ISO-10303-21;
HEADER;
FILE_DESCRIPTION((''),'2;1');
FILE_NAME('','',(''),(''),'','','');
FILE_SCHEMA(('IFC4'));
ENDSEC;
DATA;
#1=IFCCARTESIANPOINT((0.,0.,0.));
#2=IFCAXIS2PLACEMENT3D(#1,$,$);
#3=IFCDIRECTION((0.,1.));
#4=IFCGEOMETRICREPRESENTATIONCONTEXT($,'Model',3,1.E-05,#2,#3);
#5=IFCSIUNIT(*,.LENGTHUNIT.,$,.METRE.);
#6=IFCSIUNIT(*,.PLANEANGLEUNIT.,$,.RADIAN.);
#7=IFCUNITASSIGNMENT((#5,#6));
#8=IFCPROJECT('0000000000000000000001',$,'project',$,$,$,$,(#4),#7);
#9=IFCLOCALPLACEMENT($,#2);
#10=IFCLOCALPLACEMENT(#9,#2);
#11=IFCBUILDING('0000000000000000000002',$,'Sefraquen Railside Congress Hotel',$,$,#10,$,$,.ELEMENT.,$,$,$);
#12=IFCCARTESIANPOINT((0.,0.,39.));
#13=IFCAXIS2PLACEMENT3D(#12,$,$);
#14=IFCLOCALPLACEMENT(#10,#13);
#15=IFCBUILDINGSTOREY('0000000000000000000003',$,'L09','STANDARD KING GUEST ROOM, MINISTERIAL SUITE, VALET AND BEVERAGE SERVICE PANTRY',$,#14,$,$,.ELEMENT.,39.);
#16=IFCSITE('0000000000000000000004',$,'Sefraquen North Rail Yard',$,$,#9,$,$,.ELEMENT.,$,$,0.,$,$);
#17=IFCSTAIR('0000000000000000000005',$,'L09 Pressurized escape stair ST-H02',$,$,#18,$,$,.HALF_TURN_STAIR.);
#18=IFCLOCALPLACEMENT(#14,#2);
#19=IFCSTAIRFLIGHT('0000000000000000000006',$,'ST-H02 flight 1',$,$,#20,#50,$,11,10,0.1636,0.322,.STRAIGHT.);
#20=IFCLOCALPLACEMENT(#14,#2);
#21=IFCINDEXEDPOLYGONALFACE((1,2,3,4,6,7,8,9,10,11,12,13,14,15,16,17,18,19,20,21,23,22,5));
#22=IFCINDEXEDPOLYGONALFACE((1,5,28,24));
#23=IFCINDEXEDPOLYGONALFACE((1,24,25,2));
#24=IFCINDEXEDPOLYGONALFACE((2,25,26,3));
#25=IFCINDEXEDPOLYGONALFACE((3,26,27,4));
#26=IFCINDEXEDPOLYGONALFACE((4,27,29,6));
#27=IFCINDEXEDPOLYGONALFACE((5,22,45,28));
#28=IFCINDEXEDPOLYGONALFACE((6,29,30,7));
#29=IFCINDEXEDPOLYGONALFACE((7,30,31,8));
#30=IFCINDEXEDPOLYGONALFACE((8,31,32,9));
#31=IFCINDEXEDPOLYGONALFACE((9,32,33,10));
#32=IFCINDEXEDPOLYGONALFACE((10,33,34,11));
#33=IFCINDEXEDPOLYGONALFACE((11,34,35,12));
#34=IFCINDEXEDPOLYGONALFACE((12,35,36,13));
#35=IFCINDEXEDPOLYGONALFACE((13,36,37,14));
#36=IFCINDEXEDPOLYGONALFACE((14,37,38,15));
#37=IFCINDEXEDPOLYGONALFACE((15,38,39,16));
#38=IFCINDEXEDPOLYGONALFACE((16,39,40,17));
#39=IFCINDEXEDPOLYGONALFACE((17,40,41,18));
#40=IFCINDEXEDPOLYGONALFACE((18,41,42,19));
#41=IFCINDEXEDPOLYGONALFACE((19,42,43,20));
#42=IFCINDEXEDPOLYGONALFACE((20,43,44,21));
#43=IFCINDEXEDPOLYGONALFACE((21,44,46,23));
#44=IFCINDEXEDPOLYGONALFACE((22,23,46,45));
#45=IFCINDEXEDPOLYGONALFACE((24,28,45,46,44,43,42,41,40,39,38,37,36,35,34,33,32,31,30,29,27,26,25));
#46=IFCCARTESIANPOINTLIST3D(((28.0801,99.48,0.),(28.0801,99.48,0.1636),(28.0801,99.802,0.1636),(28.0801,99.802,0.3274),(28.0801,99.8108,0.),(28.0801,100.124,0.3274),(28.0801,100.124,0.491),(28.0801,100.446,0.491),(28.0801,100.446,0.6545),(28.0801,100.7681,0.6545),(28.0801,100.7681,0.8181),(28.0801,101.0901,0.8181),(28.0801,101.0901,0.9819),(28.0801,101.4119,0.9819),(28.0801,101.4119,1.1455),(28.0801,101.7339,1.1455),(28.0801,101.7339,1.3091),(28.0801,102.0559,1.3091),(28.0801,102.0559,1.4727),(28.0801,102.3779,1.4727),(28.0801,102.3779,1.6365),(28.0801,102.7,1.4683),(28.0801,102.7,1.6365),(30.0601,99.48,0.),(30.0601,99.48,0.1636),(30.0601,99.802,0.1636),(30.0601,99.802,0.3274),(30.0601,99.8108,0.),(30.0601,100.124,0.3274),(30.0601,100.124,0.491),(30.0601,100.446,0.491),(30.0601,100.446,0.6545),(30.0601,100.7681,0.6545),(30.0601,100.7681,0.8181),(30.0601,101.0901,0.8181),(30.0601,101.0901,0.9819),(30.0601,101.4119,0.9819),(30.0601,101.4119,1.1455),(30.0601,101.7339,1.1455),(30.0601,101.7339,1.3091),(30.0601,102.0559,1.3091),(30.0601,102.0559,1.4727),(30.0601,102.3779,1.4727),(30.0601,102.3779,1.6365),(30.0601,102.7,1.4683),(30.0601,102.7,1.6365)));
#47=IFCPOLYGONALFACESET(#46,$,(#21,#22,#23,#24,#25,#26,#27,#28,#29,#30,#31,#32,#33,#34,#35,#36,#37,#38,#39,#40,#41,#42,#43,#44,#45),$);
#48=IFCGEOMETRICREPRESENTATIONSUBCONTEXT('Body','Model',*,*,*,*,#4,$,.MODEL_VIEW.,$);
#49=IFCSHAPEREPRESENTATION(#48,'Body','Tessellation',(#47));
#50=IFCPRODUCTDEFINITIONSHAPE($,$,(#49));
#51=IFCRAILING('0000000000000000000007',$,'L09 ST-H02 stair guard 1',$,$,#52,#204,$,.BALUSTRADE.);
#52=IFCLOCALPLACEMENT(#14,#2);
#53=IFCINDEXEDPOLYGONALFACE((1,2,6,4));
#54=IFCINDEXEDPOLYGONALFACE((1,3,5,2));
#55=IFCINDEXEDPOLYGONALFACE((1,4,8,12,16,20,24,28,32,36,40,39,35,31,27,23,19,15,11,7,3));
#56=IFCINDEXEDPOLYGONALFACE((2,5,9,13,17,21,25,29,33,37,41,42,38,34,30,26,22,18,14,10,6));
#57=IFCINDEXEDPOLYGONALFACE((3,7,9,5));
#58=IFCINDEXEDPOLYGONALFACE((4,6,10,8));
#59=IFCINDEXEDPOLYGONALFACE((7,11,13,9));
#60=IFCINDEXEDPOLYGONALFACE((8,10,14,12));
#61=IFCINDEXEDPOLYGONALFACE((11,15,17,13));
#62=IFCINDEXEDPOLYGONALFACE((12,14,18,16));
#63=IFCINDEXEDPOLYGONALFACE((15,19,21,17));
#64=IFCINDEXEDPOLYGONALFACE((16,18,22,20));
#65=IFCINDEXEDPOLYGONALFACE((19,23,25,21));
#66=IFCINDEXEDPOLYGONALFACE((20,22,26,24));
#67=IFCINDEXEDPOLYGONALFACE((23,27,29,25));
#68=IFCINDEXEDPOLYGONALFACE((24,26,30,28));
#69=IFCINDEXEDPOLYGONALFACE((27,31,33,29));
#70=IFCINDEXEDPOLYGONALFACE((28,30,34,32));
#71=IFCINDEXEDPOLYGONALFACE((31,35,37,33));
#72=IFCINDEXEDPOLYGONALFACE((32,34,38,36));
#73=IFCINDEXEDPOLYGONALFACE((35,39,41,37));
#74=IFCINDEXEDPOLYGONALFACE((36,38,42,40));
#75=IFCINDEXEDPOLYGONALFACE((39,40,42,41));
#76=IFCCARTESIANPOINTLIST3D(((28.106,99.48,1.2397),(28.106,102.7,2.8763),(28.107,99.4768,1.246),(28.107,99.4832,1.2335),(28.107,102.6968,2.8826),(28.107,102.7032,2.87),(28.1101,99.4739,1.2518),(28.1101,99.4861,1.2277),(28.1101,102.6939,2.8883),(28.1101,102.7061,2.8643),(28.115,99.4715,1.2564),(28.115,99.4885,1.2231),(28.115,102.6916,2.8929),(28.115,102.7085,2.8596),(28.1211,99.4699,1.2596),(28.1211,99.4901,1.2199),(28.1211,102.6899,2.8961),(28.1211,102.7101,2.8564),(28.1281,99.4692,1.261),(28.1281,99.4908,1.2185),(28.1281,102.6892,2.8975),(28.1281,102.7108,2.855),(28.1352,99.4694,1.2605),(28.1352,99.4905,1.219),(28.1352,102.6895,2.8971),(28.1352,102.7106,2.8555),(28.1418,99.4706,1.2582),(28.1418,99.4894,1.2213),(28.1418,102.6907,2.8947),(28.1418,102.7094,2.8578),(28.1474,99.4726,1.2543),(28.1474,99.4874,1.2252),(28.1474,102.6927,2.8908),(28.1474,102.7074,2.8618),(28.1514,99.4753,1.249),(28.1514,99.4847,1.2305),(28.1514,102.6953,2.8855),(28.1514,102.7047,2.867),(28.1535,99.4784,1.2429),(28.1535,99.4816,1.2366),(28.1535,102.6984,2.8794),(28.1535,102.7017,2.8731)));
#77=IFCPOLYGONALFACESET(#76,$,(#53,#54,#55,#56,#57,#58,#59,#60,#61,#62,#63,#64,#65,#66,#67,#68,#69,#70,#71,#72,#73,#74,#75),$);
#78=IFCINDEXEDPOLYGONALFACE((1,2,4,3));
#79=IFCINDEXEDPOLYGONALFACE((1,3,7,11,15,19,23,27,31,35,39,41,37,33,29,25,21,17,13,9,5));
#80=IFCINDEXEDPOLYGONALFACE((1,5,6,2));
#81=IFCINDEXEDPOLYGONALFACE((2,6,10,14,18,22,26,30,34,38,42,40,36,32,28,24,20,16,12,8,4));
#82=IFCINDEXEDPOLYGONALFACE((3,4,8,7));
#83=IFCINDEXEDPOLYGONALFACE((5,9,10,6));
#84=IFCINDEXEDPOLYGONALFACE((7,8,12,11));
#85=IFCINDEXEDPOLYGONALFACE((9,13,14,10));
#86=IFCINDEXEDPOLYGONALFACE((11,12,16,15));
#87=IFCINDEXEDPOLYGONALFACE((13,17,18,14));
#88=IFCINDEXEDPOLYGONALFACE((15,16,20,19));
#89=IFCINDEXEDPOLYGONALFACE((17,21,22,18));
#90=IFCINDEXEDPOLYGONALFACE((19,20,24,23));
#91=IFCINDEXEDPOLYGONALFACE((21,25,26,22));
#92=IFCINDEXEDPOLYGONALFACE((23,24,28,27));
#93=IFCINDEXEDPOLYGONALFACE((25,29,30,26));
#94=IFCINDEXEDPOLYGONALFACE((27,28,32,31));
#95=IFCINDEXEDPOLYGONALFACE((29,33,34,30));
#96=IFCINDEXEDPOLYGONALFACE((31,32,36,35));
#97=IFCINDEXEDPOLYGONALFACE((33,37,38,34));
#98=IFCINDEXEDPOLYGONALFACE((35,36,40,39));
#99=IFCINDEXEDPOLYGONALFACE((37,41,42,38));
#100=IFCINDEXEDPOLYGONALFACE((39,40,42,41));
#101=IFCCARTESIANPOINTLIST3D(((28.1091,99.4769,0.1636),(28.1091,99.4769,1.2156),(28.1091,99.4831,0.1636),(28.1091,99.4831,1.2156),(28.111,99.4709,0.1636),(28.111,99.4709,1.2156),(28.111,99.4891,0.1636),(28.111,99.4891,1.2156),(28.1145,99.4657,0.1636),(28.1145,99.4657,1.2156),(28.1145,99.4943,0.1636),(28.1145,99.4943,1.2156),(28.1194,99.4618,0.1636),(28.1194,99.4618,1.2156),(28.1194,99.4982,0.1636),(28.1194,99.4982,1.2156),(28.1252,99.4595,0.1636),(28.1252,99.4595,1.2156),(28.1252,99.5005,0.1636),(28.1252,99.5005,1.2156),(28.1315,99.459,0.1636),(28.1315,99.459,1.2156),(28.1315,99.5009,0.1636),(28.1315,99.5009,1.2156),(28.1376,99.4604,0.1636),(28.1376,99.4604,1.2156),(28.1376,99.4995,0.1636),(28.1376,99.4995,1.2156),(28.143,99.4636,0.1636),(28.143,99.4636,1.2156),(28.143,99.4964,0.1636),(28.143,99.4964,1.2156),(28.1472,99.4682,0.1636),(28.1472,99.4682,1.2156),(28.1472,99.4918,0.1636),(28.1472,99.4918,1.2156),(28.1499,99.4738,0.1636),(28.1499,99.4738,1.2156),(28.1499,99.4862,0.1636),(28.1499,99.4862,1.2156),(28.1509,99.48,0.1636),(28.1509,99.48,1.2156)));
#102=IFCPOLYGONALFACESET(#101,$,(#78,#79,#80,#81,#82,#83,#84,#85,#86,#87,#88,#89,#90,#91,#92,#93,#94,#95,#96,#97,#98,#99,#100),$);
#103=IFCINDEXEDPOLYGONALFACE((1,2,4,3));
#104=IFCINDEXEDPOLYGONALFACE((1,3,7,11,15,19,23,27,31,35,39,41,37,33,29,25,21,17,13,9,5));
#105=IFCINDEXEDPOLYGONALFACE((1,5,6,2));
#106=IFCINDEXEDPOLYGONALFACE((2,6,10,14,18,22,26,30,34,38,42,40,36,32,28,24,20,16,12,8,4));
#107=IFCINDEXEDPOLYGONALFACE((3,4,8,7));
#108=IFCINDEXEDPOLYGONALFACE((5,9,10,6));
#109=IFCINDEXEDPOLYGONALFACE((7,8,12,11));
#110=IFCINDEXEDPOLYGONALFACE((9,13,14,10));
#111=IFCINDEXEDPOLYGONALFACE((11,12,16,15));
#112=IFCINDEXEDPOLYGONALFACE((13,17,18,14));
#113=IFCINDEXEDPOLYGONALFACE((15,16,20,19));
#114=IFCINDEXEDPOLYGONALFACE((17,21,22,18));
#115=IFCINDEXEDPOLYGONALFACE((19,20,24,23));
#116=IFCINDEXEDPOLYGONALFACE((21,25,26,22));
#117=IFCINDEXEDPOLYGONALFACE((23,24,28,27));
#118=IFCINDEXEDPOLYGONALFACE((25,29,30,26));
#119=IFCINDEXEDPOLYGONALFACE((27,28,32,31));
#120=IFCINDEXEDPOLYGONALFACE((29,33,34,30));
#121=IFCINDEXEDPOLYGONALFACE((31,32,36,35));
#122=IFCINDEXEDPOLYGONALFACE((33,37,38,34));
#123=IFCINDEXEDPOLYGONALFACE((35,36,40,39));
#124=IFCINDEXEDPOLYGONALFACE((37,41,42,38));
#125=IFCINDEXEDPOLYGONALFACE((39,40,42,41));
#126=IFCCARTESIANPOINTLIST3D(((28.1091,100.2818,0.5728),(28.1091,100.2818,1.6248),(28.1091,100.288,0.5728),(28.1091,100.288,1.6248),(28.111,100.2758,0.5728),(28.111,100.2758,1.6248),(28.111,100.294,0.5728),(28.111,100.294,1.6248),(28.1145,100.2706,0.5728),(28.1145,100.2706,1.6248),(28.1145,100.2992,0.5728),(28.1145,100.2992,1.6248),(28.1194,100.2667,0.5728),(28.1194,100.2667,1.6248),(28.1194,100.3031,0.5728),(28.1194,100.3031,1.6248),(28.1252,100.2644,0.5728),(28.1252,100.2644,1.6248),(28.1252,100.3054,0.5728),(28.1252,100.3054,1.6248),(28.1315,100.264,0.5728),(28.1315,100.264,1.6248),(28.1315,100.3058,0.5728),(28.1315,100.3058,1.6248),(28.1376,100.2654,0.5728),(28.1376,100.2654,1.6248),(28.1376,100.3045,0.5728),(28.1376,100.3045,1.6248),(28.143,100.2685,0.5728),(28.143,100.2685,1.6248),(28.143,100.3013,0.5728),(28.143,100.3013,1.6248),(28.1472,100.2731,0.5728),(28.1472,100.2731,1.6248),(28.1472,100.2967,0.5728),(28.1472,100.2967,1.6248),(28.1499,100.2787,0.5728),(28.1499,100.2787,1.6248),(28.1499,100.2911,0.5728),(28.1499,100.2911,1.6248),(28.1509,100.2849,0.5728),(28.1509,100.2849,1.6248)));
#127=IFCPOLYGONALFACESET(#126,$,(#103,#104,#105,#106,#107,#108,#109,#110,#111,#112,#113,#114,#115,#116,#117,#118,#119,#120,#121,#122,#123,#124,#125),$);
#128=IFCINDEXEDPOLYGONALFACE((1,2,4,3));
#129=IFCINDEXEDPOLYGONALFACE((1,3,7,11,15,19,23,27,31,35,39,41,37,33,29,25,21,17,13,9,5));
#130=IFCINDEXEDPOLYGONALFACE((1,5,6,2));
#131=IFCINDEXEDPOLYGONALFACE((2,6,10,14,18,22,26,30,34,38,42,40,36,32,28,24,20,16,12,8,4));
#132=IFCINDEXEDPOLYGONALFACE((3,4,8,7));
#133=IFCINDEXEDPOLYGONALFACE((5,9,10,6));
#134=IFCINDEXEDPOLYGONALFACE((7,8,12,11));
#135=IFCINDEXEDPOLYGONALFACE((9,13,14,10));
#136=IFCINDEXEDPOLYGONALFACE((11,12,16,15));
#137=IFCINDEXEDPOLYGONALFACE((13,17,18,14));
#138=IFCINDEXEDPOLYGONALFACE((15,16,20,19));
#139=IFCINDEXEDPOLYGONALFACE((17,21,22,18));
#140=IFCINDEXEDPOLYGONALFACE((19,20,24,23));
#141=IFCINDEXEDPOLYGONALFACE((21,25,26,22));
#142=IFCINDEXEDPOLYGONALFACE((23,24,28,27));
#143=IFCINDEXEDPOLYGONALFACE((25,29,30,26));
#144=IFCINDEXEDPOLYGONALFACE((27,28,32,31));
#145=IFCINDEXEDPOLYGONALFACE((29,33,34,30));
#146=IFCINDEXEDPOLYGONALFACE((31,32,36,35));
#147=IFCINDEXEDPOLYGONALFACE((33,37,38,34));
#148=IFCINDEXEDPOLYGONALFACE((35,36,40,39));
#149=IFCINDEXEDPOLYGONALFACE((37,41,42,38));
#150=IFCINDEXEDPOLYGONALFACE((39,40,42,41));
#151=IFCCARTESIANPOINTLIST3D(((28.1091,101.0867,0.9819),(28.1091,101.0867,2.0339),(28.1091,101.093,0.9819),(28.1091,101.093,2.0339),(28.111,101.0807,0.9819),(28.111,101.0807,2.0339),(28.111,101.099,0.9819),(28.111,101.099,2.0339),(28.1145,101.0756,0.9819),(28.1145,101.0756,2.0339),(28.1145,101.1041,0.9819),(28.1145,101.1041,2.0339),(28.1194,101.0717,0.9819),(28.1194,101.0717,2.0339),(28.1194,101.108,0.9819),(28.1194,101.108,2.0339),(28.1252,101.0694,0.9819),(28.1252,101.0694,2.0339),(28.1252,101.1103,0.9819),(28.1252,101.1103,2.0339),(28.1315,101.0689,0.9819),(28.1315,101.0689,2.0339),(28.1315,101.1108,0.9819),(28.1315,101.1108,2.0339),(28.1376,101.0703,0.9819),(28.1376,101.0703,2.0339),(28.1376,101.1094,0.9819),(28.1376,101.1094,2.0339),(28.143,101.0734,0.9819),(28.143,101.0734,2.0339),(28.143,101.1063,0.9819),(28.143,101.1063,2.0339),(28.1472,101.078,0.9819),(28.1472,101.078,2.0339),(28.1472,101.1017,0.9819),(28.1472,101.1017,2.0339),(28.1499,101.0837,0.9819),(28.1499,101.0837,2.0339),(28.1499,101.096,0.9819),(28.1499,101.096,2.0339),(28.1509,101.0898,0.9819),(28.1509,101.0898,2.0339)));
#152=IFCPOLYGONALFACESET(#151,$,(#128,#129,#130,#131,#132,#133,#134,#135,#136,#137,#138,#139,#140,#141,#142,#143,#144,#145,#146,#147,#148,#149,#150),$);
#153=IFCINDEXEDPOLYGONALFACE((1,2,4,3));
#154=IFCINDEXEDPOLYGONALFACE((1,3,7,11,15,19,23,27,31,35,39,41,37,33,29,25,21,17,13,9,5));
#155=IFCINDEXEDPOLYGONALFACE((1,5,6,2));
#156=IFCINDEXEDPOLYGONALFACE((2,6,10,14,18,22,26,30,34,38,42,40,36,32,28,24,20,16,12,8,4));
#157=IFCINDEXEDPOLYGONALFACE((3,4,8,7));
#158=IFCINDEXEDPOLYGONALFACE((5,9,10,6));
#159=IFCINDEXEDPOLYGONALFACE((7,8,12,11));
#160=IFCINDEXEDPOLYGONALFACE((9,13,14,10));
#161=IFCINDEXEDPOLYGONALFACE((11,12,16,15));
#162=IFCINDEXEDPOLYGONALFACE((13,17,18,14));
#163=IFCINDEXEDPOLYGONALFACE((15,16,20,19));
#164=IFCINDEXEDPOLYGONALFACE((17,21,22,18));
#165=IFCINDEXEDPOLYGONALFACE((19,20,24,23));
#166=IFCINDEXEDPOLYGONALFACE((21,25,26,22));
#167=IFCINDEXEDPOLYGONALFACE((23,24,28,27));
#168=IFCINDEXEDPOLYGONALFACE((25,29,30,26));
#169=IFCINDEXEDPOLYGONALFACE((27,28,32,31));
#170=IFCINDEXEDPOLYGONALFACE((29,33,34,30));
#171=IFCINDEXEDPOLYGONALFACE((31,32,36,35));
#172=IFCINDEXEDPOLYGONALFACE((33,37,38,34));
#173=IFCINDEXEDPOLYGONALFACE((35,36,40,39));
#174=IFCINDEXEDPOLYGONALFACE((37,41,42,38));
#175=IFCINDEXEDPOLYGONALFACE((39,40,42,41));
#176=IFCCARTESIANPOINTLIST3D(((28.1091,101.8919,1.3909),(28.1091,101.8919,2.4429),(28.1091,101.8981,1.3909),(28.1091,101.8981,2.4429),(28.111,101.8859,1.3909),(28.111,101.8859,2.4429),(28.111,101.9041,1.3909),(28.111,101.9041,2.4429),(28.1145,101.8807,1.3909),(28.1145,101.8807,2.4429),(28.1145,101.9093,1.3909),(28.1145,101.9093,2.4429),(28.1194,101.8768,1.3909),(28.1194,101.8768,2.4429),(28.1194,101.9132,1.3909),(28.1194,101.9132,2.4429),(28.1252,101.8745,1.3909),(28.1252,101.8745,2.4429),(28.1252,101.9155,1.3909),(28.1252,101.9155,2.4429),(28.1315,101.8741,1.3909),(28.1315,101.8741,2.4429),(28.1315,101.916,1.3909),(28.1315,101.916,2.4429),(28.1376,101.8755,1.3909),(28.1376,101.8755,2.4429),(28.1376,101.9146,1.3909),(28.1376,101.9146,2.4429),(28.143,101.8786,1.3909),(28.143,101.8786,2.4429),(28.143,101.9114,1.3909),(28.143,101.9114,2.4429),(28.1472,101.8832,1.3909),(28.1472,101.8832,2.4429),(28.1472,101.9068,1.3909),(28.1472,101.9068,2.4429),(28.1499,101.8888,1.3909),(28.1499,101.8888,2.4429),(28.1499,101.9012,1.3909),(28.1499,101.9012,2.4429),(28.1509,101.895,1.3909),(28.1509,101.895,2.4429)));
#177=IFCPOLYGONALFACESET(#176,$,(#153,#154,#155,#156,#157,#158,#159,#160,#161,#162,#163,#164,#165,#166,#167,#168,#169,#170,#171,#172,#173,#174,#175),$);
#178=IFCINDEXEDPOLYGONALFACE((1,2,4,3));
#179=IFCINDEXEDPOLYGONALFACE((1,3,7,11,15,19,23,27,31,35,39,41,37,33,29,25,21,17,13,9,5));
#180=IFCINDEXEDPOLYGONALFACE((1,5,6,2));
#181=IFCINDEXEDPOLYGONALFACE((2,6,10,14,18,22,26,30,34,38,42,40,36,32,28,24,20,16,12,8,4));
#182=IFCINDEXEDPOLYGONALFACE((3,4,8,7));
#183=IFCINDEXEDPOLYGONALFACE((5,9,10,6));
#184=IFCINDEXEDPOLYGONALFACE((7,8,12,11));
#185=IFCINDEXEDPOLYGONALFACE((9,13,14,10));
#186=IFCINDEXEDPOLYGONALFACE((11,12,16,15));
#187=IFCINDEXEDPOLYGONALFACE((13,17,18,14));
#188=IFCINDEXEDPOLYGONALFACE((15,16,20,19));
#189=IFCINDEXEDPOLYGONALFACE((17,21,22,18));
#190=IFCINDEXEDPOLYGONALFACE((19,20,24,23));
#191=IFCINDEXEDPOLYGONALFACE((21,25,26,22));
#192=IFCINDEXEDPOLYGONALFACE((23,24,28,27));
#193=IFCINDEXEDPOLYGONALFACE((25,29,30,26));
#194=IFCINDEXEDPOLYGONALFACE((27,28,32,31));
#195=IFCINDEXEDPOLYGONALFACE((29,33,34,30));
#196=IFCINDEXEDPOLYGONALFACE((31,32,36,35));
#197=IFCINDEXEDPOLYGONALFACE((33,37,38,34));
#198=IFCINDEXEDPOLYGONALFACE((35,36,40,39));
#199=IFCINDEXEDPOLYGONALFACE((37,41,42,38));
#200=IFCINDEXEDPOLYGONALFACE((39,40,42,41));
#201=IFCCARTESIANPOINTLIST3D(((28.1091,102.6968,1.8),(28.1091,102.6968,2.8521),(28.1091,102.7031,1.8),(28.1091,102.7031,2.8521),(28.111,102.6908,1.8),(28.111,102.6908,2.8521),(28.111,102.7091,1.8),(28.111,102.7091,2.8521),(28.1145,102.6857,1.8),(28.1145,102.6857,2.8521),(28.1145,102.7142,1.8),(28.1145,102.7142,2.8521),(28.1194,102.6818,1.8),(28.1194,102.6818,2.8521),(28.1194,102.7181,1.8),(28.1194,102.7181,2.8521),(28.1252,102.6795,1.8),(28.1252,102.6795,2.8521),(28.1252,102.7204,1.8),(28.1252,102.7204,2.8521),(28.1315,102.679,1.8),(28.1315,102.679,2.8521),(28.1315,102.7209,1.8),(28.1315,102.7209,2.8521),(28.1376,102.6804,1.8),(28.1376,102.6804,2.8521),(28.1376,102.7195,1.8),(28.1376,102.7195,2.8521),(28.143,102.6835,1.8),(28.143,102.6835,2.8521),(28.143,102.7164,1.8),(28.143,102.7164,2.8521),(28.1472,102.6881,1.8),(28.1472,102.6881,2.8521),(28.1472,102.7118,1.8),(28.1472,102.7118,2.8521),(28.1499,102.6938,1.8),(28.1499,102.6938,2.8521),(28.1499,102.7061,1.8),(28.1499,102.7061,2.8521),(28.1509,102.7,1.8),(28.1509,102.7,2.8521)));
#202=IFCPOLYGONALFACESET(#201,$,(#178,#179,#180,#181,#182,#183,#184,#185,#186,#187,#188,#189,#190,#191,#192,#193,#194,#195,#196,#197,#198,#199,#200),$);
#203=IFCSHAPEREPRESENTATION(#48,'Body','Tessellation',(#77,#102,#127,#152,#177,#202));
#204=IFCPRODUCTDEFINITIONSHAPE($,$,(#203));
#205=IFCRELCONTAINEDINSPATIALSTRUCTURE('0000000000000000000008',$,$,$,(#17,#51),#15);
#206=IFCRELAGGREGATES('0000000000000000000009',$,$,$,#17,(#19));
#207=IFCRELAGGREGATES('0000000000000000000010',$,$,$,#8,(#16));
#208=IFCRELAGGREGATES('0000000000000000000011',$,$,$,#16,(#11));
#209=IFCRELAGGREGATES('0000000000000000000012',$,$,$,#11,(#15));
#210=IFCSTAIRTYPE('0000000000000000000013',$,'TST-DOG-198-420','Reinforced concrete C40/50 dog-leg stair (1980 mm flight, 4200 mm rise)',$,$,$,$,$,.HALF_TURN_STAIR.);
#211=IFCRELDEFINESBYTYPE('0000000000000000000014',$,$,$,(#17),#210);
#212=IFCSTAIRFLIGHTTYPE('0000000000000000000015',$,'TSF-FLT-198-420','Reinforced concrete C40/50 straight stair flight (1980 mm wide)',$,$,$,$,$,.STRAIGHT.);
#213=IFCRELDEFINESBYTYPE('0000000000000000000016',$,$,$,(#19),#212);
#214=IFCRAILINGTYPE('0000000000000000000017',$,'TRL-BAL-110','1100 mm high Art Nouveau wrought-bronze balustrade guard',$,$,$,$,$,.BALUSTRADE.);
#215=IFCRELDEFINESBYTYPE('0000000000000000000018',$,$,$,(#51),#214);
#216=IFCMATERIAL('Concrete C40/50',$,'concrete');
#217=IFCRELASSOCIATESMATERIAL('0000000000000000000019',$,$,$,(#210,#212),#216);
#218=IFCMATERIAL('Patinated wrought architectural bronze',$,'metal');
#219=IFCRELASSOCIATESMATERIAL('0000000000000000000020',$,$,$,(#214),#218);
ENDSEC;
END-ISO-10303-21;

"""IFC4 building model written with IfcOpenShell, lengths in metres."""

from ifc_helpers import new_model, si_unit, direction, frame, origin, origin_2d, place, context, subcontext, project, spatial, polyline, circle, outline, extrude, material, type_object, element, aggregate, save


model = new_model("IFC4")

# Units and contexts
model_context = context("Model", 3, precision=1e-05, world=origin(), true_north=direction((0.0, 1.0)))
body_context = subcontext(model_context, "Body", "Model", "MODEL_VIEW")
ifc_project = project(units=[si_unit("LENGTHUNIT", "METRE"), si_unit("PLANEANGLEUNIT", "RADIAN")], contexts=[model_context])

# Site, building, storey
site_placement = place(None, origin())
site = spatial("IfcSite", under=ifc_project, at=site_placement, Name="Sefraquen North Rail Yard", CompositionType="ELEMENT", RefElevation=0.0)
building_placement = place(site_placement, origin())
building = spatial("IfcBuilding", under=site, at=building_placement, Name="Sefraquen Railside Congress Hotel", CompositionType="ELEMENT")
storey_placement = place(building_placement, frame((0.0, 0.0, 39.0)))
storey = spatial("IfcBuildingStorey", under=building, at=storey_placement, Name="L09", Description="STANDARD KING GUEST ROOM, MINISTERIAL SUITE, VALET AND BEVERAGE SERVICE PANTRY", CompositionType="ELEMENT", Elevation=39.0)

# Stair, stair flight
ifc_material_1 = material(Name="Concrete C40/50", Category="concrete")
stair_type = type_object("IfcStairType", Name="TST-DOG-198-420", Description="Reinforced concrete C40/50 dog-leg stair (1980 mm flight, 4200 mm rise)", PredefinedType="HALF_TURN_STAIR", material=ifc_material_1)
stair_placement = place(storey_placement, origin())
stair = element("IfcStair", 1, at=stair_placement, inside=storey, type_object=stair_type, Name="L09 Pressurized escape stair ST-H02", PredefinedType="HALF_TURN_STAIR")
stair_flight_type = type_object("IfcStairFlightType", Name="TSF-FLT-198-420", Description="Reinforced concrete C40/50 straight stair flight (1980 mm wide)", PredefinedType="STRAIGHT", material=ifc_material_1)
stair_flight_placement = place(storey_placement, frame((29.0701, 99.48, 0.0), z_axis=(0.0, 0.0, 1.0), x_axis=(0.0, 1.0, 0.0)))
stair_flight = element("IfcStairFlight", 2, at=stair_flight_placement, type_object=stair_flight_type, Name="ST-H02 flight 1", NumberOfRisers=11, NumberOfTreads=10, PredefinedType="STRAIGHT", RiserHeight=0.1636, TreadLength=0.322, context=body_context, shape_type="SweptSolid", body=[
    extrude(outline(polyline([(0.0, 0.0), (0.0, 0.1636), (0.322, 0.1636), (0.322, 0.3274), (0.644, 0.3274), (0.644, 0.491), (0.9661, 0.491), (0.9661, 0.6545), (1.2881, 0.6545), (1.2881, 0.8181), (1.6101, 0.8181), (1.6101, 0.9819), (1.9319, 0.9819), (1.9319, 1.1455), (2.2539, 1.1455), (2.2539, 1.3091), (2.5759, 1.3091), (2.5759, 1.4727), (2.8979, 1.4727), (2.8979, 1.6365), (3.22, 1.6365), (3.22, 1.8), (3.22, 1.4683), (0.3308, 0.0), (0.0, 0.0)])), frame((0.0, 0.99, 0.0), z_axis=(0.0, -1.0, 0.0), x_axis=(1.0, 0.0, 0.0)), (0.0, 0.0, 1.0), 1.98),
])
aggregate(stair, [stair_flight])

# Railing
ifc_material_2 = material(Name="Patinated wrought architectural bronze", Category="metal")
railing_type = type_object("IfcRailingType", Name="TRL-BAL-110", Description="1100 mm high Art Nouveau wrought-bronze balustrade guard", PredefinedType="BALUSTRADE", material=ifc_material_2)
railing_1_placement = place(storey_placement, frame((28.1299, 99.48, 0.1636)))
element("IfcRailing", 3, at=railing_1_placement, inside=storey, type_object=railing_type, Name="L09 ST-H02 stair guard 1", PredefinedType="BALUSTRADE", context=body_context, shape_type="SweptSolid", body=[
    extrude(circle(Radius=0.0239, at=origin_2d()), frame((0.0, 0.0, 1.0762), z_axis=(0.0, 0.891474, 0.453071), x_axis=(-1.0, 0.0, 0.0)), (0.0, 0.0, 1.0), 3.6121),
    extrude(circle(Radius=0.021, at=origin_2d()), origin(), (0.0, 0.0, 1.0), 1.052),
    extrude(circle(Radius=0.021, at=origin_2d()), frame((0.0, 0.8049, 0.4092)), (0.0, 0.0, 1.0), 1.052),
    extrude(circle(Radius=0.021, at=origin_2d()), frame((0.0, 1.6099, 0.8184)), (0.0, 0.0, 1.0), 1.052),
    extrude(circle(Radius=0.021, at=origin_2d()), frame((0.0, 2.415, 1.2273)), (0.0, 0.0, 1.0), 1.052),
    extrude(circle(Radius=0.021, at=origin_2d()), frame((0.0, 3.22, 1.6365)), (0.0, 0.0, 1.0), 1.052),
])

save(model, "model.ifc")
